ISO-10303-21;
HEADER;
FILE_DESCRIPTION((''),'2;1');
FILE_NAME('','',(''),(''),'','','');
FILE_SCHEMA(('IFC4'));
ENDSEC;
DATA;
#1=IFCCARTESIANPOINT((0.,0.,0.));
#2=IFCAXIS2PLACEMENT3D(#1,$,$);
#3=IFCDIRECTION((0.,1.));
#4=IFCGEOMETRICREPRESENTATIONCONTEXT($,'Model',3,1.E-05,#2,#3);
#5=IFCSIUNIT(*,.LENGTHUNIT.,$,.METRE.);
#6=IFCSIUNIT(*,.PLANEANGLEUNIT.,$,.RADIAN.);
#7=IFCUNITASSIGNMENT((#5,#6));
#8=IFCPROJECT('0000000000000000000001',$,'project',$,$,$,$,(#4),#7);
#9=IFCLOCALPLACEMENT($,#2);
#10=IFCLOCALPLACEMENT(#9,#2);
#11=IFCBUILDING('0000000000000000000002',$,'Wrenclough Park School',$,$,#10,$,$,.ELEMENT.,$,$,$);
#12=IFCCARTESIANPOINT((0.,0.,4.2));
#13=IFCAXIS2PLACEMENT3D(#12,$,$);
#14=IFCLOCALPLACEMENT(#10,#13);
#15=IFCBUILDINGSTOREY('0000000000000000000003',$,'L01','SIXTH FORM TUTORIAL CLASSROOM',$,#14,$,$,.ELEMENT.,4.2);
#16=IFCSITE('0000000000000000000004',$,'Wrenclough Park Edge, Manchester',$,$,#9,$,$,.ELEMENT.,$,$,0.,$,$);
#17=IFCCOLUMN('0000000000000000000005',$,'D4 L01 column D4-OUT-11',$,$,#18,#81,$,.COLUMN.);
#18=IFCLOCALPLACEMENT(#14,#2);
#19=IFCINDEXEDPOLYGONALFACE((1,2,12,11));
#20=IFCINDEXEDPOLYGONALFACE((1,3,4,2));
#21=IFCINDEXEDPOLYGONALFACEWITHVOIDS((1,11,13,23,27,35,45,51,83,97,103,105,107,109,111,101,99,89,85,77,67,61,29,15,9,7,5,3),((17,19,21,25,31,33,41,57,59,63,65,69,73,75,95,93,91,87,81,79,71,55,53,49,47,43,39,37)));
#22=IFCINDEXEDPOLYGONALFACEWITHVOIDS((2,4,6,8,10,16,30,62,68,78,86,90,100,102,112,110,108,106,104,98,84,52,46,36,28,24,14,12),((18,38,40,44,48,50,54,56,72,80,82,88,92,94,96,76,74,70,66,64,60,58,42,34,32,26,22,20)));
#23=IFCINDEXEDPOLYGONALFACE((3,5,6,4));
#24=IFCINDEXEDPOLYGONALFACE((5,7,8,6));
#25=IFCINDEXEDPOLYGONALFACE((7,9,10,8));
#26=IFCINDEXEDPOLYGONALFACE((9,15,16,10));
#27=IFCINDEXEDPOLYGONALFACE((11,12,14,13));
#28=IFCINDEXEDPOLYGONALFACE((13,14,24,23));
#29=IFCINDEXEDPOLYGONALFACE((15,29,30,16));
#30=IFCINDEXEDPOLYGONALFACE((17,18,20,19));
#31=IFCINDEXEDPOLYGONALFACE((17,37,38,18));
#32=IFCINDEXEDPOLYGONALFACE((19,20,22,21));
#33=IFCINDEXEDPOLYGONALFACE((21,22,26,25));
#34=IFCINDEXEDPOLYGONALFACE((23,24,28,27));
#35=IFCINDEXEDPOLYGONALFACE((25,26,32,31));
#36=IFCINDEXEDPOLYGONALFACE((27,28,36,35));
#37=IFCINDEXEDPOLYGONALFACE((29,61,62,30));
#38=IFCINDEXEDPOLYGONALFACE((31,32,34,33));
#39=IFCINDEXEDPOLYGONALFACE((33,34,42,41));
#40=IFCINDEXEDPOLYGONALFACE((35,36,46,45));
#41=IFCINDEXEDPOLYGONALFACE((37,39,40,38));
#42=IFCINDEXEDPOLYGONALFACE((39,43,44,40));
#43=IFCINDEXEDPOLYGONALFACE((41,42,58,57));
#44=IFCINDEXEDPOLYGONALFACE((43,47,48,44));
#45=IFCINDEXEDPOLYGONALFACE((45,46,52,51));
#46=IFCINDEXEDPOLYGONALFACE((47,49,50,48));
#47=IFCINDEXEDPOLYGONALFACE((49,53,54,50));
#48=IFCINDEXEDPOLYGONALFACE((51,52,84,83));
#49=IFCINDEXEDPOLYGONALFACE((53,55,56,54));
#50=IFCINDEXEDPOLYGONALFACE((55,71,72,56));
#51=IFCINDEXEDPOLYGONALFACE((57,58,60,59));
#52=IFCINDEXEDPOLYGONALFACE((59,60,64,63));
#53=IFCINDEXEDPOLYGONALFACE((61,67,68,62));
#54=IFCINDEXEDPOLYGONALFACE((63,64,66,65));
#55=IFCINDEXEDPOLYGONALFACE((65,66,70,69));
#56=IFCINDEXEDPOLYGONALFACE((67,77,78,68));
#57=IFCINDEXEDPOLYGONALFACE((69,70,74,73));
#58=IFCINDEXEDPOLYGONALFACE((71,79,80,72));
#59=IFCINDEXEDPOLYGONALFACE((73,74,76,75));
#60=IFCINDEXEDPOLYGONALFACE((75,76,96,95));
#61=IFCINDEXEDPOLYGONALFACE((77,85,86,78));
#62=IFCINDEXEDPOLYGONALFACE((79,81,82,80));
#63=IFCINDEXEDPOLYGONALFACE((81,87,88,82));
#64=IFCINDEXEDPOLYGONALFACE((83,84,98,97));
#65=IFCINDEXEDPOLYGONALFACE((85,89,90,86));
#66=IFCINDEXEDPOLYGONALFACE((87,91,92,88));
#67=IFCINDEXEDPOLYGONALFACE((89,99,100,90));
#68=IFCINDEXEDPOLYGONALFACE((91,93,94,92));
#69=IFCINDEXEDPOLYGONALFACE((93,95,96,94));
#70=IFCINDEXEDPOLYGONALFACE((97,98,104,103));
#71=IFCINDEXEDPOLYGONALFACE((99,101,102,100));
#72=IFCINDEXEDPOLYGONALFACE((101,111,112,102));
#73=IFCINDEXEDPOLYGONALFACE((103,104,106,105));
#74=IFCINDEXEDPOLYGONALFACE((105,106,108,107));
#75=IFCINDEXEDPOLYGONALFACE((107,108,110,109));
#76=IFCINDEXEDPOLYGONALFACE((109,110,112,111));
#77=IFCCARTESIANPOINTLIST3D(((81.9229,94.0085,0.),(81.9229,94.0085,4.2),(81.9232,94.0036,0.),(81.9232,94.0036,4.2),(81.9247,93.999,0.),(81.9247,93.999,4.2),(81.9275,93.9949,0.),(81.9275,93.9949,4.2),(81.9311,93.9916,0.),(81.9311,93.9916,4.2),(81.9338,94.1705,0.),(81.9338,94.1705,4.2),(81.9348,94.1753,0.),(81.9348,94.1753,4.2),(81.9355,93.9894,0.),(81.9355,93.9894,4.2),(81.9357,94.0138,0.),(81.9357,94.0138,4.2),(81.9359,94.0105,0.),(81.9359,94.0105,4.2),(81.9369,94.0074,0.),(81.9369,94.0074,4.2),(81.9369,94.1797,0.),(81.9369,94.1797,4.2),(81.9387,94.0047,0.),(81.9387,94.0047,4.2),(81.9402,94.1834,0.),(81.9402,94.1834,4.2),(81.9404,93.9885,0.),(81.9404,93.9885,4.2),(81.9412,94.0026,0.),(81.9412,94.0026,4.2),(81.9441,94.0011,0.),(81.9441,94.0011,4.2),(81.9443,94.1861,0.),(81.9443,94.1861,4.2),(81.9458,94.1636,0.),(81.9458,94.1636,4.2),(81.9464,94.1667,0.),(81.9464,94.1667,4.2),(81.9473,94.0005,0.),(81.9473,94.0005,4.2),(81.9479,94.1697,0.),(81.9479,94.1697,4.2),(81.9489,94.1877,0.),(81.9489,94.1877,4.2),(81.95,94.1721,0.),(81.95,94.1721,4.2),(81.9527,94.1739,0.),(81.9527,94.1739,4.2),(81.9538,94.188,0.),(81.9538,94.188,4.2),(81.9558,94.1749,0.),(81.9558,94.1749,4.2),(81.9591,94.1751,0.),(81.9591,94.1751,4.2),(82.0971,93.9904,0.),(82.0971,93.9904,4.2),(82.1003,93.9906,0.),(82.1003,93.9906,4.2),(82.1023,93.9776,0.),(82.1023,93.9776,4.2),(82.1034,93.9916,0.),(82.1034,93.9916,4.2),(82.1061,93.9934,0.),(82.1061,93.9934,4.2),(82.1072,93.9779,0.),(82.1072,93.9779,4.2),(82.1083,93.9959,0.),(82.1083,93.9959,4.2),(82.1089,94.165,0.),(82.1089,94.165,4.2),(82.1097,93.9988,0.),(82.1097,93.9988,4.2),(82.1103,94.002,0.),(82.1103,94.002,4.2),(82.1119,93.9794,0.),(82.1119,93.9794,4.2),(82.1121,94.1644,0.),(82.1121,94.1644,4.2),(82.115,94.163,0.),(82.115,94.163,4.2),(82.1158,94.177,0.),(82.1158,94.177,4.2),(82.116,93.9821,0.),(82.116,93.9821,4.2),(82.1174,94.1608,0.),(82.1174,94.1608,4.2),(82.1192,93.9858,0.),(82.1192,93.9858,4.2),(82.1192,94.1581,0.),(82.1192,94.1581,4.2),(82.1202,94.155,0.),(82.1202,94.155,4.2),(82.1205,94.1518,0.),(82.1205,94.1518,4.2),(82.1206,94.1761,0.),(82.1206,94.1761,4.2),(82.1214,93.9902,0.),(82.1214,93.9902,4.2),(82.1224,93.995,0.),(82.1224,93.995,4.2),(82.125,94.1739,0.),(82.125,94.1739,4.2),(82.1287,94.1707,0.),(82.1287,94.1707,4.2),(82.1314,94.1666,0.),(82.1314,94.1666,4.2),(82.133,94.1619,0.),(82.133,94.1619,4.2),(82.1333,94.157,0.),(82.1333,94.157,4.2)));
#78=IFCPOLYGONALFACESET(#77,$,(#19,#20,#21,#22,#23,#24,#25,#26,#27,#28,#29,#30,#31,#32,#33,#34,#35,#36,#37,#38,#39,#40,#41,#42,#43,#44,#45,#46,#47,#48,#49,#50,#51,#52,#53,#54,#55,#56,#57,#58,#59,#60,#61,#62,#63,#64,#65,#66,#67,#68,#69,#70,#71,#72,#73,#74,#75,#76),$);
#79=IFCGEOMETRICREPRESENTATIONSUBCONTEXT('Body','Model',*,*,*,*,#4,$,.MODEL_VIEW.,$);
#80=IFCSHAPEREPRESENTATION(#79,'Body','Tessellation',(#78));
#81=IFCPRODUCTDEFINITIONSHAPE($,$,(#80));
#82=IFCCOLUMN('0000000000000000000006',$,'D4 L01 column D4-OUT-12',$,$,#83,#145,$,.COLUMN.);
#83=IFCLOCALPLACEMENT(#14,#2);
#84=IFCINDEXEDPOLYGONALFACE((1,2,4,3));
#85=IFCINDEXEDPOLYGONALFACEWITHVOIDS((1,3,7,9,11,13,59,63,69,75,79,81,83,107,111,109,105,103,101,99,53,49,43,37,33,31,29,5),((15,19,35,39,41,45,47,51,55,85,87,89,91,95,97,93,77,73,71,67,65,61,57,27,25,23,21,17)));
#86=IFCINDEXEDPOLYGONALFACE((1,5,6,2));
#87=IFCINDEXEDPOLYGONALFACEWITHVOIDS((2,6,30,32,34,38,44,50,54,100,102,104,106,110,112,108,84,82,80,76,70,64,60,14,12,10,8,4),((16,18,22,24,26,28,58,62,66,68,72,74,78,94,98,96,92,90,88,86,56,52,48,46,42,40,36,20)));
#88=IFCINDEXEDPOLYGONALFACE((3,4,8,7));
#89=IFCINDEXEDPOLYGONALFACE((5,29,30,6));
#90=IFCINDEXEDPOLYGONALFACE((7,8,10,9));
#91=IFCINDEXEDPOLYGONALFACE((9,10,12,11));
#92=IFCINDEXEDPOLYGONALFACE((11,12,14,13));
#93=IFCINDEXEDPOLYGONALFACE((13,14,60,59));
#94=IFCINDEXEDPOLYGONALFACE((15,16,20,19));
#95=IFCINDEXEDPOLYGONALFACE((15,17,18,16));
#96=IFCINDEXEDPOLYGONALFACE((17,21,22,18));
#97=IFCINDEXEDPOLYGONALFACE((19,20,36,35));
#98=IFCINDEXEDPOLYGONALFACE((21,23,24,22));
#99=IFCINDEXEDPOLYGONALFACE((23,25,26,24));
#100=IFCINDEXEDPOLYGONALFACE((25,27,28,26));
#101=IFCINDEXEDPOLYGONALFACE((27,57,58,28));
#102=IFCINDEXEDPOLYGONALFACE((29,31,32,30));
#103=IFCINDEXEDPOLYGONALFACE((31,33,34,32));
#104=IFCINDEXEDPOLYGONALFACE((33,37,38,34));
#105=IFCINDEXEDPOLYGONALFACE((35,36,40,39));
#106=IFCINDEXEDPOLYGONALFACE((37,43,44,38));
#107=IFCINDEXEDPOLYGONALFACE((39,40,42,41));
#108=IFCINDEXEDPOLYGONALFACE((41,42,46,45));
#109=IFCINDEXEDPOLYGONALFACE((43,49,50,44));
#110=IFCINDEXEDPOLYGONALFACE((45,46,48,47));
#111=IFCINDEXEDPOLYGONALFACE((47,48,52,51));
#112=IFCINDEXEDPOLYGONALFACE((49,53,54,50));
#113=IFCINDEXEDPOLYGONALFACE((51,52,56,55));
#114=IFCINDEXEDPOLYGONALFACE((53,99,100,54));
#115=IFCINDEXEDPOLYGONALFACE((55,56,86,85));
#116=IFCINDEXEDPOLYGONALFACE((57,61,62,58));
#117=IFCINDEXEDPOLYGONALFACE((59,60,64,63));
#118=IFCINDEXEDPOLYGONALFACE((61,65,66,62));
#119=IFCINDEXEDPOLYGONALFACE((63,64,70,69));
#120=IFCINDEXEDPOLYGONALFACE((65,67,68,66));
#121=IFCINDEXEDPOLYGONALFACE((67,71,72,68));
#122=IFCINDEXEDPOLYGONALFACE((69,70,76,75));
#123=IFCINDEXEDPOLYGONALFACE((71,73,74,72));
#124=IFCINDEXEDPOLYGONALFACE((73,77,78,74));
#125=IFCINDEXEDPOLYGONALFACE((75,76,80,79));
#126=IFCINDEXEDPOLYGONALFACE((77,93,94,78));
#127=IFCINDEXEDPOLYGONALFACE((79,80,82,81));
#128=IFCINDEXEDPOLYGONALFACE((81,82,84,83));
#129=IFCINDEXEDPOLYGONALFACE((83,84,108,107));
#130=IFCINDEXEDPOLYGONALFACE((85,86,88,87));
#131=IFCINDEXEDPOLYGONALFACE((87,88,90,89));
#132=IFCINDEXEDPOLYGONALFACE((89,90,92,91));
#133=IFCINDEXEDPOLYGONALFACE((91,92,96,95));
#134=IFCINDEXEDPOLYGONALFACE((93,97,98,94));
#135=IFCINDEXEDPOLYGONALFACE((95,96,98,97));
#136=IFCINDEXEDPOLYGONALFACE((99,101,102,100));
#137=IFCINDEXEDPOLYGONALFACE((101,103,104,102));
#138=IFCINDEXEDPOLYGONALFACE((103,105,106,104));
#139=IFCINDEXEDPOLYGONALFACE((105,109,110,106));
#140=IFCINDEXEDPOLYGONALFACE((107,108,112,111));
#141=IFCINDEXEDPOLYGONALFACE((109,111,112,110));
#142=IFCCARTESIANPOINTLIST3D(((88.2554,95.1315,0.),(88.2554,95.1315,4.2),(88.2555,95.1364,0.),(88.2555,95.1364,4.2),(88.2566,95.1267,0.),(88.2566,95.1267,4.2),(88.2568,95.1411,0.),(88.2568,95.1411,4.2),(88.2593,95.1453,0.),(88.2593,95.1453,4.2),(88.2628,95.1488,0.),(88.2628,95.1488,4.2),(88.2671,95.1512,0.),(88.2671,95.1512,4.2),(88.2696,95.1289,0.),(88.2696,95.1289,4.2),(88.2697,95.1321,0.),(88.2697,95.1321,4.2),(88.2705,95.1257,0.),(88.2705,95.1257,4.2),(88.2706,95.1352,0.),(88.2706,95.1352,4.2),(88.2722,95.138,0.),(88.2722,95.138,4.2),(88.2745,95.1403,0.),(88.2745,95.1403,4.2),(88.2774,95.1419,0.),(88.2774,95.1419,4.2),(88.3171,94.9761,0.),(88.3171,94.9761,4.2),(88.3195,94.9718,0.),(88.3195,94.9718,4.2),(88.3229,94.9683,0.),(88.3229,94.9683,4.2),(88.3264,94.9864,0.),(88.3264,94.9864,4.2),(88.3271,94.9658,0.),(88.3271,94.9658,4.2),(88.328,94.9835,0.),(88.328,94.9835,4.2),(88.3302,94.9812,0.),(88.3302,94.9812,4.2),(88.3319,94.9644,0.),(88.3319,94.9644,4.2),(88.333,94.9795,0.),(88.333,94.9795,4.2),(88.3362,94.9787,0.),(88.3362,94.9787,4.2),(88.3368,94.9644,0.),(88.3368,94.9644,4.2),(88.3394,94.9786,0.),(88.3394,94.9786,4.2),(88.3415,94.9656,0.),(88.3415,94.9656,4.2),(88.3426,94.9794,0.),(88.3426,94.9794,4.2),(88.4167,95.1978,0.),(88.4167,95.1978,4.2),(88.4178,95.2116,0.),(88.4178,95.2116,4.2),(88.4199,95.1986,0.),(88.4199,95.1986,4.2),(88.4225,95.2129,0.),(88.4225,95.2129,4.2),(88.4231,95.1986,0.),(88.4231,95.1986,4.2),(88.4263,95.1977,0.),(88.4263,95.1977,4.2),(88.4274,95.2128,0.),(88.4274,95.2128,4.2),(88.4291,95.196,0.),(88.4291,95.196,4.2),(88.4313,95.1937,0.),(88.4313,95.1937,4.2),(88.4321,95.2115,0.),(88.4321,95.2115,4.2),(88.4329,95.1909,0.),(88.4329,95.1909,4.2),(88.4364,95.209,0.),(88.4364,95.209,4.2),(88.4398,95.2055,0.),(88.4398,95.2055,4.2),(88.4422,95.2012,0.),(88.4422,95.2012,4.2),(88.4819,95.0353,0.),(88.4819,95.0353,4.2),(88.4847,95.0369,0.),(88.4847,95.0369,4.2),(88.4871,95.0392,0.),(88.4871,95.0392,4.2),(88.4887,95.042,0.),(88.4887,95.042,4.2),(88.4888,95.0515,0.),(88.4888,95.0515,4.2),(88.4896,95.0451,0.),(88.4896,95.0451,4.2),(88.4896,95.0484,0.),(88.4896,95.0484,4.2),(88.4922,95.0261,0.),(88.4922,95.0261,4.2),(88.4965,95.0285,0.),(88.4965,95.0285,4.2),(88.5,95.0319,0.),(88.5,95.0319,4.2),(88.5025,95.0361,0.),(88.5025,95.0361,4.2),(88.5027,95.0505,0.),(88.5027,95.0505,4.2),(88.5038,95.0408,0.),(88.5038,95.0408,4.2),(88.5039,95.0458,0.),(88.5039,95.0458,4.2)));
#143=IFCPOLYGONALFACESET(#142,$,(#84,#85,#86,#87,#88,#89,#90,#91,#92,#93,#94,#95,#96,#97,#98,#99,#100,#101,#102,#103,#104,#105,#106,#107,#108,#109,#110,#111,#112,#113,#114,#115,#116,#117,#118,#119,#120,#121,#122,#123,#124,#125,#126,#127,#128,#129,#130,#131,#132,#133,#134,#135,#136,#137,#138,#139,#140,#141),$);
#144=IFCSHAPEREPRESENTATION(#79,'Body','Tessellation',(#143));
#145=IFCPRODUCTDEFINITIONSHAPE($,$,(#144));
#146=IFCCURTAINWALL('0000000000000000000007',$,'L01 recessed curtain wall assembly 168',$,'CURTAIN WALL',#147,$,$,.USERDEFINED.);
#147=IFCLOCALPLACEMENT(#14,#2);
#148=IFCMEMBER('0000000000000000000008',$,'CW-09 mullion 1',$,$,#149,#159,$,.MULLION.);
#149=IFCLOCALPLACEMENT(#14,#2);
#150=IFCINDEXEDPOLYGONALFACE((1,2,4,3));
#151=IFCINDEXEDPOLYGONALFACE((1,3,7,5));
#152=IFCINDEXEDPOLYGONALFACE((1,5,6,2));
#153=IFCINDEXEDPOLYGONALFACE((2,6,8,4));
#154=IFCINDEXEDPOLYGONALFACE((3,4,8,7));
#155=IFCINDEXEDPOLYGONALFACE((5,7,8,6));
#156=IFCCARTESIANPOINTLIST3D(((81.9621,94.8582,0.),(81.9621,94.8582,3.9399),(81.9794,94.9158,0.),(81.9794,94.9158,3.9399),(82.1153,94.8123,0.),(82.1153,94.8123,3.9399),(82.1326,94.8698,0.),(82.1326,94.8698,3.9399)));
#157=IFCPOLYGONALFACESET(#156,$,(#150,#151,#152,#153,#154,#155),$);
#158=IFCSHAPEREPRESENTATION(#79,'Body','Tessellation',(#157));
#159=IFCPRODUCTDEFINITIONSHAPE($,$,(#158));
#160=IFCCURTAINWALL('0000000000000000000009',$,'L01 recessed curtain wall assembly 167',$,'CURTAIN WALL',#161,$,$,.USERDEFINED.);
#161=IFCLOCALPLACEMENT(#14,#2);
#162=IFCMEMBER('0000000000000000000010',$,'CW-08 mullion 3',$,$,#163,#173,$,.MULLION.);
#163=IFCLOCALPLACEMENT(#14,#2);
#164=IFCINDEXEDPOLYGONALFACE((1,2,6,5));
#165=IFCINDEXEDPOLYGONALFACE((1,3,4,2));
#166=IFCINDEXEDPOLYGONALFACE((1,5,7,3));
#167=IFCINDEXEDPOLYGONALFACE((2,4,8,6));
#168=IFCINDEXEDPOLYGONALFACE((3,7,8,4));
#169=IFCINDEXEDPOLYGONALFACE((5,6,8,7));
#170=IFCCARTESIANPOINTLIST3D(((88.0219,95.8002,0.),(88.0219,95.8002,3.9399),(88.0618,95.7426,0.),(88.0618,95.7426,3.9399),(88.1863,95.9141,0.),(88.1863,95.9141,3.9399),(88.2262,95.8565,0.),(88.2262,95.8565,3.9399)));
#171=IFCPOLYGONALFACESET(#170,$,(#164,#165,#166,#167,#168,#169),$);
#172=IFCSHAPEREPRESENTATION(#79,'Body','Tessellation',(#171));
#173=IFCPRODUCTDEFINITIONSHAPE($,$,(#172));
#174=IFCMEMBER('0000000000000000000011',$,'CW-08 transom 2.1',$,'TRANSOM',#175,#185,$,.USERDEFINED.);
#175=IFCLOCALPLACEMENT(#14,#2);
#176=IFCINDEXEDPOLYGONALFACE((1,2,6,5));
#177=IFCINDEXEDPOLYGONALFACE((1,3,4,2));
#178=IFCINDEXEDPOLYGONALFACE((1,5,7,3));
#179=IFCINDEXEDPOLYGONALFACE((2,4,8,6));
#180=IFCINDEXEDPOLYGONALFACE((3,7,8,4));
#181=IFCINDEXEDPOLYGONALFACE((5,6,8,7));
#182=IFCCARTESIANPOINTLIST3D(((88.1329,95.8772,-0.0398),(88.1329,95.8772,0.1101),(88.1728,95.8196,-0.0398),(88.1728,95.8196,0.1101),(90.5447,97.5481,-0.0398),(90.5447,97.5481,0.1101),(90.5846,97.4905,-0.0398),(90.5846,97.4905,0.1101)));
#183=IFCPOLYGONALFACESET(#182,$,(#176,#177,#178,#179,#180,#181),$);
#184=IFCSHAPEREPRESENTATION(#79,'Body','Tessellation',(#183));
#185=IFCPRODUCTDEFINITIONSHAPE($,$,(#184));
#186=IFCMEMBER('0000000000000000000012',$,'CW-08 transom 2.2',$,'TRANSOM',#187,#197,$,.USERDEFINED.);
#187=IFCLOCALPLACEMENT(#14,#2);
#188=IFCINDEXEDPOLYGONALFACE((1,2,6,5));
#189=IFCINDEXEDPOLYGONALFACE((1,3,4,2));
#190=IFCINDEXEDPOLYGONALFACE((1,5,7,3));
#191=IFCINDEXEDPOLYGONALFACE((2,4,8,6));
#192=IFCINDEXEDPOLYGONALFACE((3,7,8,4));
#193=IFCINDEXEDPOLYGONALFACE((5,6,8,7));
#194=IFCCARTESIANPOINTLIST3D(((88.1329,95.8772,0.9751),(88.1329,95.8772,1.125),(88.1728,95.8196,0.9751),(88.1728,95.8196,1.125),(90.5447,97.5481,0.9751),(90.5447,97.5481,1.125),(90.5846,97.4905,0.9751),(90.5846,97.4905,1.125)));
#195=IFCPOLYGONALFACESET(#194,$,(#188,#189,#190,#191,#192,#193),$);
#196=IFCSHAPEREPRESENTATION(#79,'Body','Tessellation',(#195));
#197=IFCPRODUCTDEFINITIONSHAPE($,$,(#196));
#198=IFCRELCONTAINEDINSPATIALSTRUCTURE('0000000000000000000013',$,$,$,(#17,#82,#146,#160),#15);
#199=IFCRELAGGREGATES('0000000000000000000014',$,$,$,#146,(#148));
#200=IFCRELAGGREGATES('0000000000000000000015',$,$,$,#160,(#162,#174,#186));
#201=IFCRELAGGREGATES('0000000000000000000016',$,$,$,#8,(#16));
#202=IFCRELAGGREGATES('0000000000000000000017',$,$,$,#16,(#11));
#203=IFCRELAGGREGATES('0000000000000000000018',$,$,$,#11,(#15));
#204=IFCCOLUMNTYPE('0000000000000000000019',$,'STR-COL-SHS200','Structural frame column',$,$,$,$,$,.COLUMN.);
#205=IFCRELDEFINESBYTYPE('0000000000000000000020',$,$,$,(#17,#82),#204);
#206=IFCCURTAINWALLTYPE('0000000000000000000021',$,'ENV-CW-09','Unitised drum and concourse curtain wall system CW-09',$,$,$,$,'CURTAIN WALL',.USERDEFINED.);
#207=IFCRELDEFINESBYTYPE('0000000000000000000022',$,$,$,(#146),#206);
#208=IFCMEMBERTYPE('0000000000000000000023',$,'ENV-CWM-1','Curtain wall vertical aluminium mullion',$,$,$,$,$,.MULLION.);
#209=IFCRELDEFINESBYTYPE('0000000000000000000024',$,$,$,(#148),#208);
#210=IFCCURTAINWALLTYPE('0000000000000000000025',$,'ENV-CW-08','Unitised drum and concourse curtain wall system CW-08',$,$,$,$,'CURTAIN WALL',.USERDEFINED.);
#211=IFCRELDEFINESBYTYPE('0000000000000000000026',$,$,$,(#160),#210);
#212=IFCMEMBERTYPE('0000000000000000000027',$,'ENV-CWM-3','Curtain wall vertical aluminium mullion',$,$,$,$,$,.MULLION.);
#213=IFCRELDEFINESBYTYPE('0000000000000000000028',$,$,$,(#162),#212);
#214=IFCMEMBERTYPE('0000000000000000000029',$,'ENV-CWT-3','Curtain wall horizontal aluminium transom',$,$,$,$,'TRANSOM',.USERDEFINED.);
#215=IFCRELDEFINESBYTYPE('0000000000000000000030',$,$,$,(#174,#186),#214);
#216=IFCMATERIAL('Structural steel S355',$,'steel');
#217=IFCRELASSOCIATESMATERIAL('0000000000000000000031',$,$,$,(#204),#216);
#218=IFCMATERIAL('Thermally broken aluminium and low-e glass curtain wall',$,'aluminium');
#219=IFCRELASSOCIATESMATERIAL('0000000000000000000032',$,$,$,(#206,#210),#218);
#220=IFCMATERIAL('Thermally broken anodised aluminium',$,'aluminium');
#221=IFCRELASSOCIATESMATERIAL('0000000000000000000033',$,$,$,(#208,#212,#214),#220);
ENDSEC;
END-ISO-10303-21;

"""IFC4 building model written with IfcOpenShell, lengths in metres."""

from ifc_helpers import new_model, si_unit, direction, frame, origin, origin_2d, place, context, subcontext, project, spatial, rectangle, hollow_rectangle, extrude, material, material_profile, profile_set, type_object, element, aggregate, save


model = new_model("IFC4")

# Units and contexts
model_context = context("Model", 3, precision=1e-05, world=origin(), true_north=direction((0.0, 1.0)))
body_context = subcontext(model_context, "Body", "Model", "MODEL_VIEW")
ifc_project = project(units=[si_unit("LENGTHUNIT", "METRE"), si_unit("PLANEANGLEUNIT", "RADIAN")], contexts=[model_context])

# Site, building, storey
site_placement = place(None, origin())
site = spatial("IfcSite", under=ifc_project, at=site_placement, Name="Wrenclough Park Edge, Manchester", CompositionType="ELEMENT", RefElevation=0.0)
building_placement = place(site_placement, origin())
building = spatial("IfcBuilding", under=site, at=building_placement, Name="Wrenclough Park School", CompositionType="ELEMENT")
storey_placement = place(building_placement, frame((0.0, 0.0, 4.2)))
storey = spatial("IfcBuildingStorey", under=building, at=storey_placement, Name="L01", Description="SIXTH FORM TUTORIAL CLASSROOM", CompositionType="ELEMENT", Elevation=4.2)

# Columns
ifc_material_1 = material(Name="Structural steel S355", Category="steel")
ifc_material_profile_1 = material_profile(ifc_material_1, hollow_rectangle(XDim=0.2, YDim=0.2, WallThickness=0.0125, InnerFilletRadius=0.0125, OuterFilletRadius=0.0188, at=origin_2d()), Name="SHS 200x200x12.5")
ifc_profile_set_1 = profile_set([ifc_material_profile_1], Name="Structural steel S355")
column_type = type_object("IfcColumnType", Name="STR-COL-SHS200", Description="Structural frame column", PredefinedType="COLUMN", material=ifc_profile_set_1)
for number, where, z_axis, x_axis, name in (
    (1, (82.0281, 94.0828, 0.0), (0.0, 0.0, 1.0), (0.997732, -0.067319, 0.0), "D4 L01 column D4-OUT-11"),
    (2, (88.3796, 95.0886, 0.0), (0.0, 0.0, 1.0), (0.928096, 0.37234, 0.0), "D4 L01 column D4-OUT-12"),
):
    element("IfcColumn", number, at=place(storey_placement, frame(where, z_axis=z_axis, x_axis=x_axis)), inside=storey, type_object=column_type, Name=name, PredefinedType="COLUMN", context=body_context, shape_type="SweptSolid", body=[
        extrude(hollow_rectangle(XDim=0.2, YDim=0.2, WallThickness=0.0125, InnerFilletRadius=0.0125, OuterFilletRadius=0.0188, at=origin_2d()), origin(), (0.0, 0.0, 1.0), 4.2),
    ])

# Curtain wall, member
ifc_material_2 = material(Name="Thermally broken aluminium and low-e glass curtain wall", Category="aluminium")
curtain_wall_type_1 = type_object("IfcCurtainWallType", Name="ENV-CW-09", Description="Unitised drum and concourse curtain wall system CW-09", ElementType="CURTAIN WALL", PredefinedType="USERDEFINED", material=ifc_material_2)
curtain_wall_1_placement = place(storey_placement, origin())
curtain_wall_1 = element("IfcCurtainWall", 3, at=curtain_wall_1_placement, inside=storey, type_object=curtain_wall_type_1, Name="L01 recessed curtain wall assembly 168", ObjectType="CURTAIN WALL", PredefinedType="USERDEFINED")
ifc_material_3 = material(Name="Thermally broken anodised aluminium", Category="aluminium")
ifc_material_profile_2 = material_profile(ifc_material_3, rectangle(XDim=0.0601, YDim=0.1599, at=origin_2d()), Name="AL MULLION 60x160")
ifc_profile_set_2 = profile_set([ifc_material_profile_2], Name="Thermally broken anodised aluminium")
member_type_1 = type_object("IfcMemberType", Name="ENV-CWM-1", Description="Curtain wall vertical aluminium mullion", PredefinedType="MULLION", material=ifc_profile_set_2)
member_1_placement = place(storey_placement, frame((82.0474, 94.864, 0.0), z_axis=(0.0, 0.0, 1.0), x_axis=(-0.287583, -0.957756, 0.0)))
member_1 = element("IfcMember", 4, at=member_1_placement, type_object=member_type_1, Name="CW-09 mullion 1", PredefinedType="MULLION", context=body_context, shape_type="SweptSolid", body=[
    extrude(rectangle(XDim=0.0601, YDim=0.1599, at=origin_2d()), origin(), (0.0, 0.0, 1.0), 3.9399),
])
aggregate(curtain_wall_1, [member_1])

# Curtain wall, members
curtain_wall_type_2 = type_object("IfcCurtainWallType", Name="ENV-CW-08", Description="Unitised drum and concourse curtain wall system CW-08", ElementType="CURTAIN WALL", PredefinedType="USERDEFINED", material=ifc_material_2)
curtain_wall_2_placement = place(storey_placement, origin())
curtain_wall_2 = element("IfcCurtainWall", 5, at=curtain_wall_2_placement, inside=storey, type_object=curtain_wall_type_2, Name="L01 recessed curtain wall assembly 167", ObjectType="CURTAIN WALL", PredefinedType="USERDEFINED")
ifc_material_profile_3 = material_profile(ifc_material_3, rectangle(XDim=0.0701, YDim=0.2, at=origin_2d()), Name="AL MULLION 70x200")
ifc_profile_set_3 = profile_set([ifc_material_profile_3], Name="Thermally broken anodised aluminium")
member_type_2 = type_object("IfcMemberType", Name="ENV-CWM-3", Description="Curtain wall vertical aluminium mullion", PredefinedType="MULLION", material=ifc_profile_set_3)
member_2_placement = place(storey_placement, frame((88.124, 95.8284, 0.0), z_axis=(0.0, 0.0, 1.0), x_axis=(0.569486, -0.822001, 0.0)))
member_2 = element("IfcMember", 6, at=member_2_placement, type_object=member_type_2, Name="CW-08 mullion 3", PredefinedType="MULLION", context=body_context, shape_type="SweptSolid", body=[
    extrude(rectangle(XDim=0.0701, YDim=0.2, at=origin_2d()), origin(), (0.0, 0.0, 1.0), 3.9399),
])
ifc_material_profile_4 = material_profile(ifc_material_3, rectangle(XDim=0.0701, YDim=0.1499, at=origin_2d()), Name="AL TRANSOM 70x150")
ifc_profile_set_4 = profile_set([ifc_material_profile_4], Name="Thermally broken anodised aluminium")
member_type_3 = type_object("IfcMemberType", Name="ENV-CWT-3", Description="Curtain wall horizontal aluminium transom", ElementType="TRANSOM", PredefinedType="USERDEFINED", material=ifc_profile_set_4)
member_3_placement = place(storey_placement, frame((90.5647, 97.5193, 0.0352), z_axis=(-0.822009, -0.569474, 0.0), x_axis=(0.569474, -0.822009, 0.0)))
member_3 = element("IfcMember", 7, at=member_3_placement, type_object=member_type_3, Name="CW-08 transom 2.1", ObjectType="TRANSOM", PredefinedType="USERDEFINED", context=body_context, shape_type="SweptSolid", body=[
    extrude(rectangle(XDim=0.0701, YDim=0.1499, at=origin_2d()), origin(), (0.0, 0.0, 1.0), 2.9341),
])
member_4_placement = place(storey_placement, frame((90.5647, 97.5193, 1.05), z_axis=(-0.822009, -0.569474, 0.0), x_axis=(0.569474, -0.822009, 0.0)))
member_4 = element("IfcMember", 8, at=member_4_placement, type_object=member_type_3, Name="CW-08 transom 2.2", ObjectType="TRANSOM", PredefinedType="USERDEFINED", context=body_context, shape_type="SweptSolid", body=[
    extrude(rectangle(XDim=0.0701, YDim=0.1499, at=origin_2d()), origin(), (0.0, 0.0, 1.0), 2.9341),
])

aggregate(curtain_wall_2, [member_2, member_3, member_4])

save(model, "model.ifc")
